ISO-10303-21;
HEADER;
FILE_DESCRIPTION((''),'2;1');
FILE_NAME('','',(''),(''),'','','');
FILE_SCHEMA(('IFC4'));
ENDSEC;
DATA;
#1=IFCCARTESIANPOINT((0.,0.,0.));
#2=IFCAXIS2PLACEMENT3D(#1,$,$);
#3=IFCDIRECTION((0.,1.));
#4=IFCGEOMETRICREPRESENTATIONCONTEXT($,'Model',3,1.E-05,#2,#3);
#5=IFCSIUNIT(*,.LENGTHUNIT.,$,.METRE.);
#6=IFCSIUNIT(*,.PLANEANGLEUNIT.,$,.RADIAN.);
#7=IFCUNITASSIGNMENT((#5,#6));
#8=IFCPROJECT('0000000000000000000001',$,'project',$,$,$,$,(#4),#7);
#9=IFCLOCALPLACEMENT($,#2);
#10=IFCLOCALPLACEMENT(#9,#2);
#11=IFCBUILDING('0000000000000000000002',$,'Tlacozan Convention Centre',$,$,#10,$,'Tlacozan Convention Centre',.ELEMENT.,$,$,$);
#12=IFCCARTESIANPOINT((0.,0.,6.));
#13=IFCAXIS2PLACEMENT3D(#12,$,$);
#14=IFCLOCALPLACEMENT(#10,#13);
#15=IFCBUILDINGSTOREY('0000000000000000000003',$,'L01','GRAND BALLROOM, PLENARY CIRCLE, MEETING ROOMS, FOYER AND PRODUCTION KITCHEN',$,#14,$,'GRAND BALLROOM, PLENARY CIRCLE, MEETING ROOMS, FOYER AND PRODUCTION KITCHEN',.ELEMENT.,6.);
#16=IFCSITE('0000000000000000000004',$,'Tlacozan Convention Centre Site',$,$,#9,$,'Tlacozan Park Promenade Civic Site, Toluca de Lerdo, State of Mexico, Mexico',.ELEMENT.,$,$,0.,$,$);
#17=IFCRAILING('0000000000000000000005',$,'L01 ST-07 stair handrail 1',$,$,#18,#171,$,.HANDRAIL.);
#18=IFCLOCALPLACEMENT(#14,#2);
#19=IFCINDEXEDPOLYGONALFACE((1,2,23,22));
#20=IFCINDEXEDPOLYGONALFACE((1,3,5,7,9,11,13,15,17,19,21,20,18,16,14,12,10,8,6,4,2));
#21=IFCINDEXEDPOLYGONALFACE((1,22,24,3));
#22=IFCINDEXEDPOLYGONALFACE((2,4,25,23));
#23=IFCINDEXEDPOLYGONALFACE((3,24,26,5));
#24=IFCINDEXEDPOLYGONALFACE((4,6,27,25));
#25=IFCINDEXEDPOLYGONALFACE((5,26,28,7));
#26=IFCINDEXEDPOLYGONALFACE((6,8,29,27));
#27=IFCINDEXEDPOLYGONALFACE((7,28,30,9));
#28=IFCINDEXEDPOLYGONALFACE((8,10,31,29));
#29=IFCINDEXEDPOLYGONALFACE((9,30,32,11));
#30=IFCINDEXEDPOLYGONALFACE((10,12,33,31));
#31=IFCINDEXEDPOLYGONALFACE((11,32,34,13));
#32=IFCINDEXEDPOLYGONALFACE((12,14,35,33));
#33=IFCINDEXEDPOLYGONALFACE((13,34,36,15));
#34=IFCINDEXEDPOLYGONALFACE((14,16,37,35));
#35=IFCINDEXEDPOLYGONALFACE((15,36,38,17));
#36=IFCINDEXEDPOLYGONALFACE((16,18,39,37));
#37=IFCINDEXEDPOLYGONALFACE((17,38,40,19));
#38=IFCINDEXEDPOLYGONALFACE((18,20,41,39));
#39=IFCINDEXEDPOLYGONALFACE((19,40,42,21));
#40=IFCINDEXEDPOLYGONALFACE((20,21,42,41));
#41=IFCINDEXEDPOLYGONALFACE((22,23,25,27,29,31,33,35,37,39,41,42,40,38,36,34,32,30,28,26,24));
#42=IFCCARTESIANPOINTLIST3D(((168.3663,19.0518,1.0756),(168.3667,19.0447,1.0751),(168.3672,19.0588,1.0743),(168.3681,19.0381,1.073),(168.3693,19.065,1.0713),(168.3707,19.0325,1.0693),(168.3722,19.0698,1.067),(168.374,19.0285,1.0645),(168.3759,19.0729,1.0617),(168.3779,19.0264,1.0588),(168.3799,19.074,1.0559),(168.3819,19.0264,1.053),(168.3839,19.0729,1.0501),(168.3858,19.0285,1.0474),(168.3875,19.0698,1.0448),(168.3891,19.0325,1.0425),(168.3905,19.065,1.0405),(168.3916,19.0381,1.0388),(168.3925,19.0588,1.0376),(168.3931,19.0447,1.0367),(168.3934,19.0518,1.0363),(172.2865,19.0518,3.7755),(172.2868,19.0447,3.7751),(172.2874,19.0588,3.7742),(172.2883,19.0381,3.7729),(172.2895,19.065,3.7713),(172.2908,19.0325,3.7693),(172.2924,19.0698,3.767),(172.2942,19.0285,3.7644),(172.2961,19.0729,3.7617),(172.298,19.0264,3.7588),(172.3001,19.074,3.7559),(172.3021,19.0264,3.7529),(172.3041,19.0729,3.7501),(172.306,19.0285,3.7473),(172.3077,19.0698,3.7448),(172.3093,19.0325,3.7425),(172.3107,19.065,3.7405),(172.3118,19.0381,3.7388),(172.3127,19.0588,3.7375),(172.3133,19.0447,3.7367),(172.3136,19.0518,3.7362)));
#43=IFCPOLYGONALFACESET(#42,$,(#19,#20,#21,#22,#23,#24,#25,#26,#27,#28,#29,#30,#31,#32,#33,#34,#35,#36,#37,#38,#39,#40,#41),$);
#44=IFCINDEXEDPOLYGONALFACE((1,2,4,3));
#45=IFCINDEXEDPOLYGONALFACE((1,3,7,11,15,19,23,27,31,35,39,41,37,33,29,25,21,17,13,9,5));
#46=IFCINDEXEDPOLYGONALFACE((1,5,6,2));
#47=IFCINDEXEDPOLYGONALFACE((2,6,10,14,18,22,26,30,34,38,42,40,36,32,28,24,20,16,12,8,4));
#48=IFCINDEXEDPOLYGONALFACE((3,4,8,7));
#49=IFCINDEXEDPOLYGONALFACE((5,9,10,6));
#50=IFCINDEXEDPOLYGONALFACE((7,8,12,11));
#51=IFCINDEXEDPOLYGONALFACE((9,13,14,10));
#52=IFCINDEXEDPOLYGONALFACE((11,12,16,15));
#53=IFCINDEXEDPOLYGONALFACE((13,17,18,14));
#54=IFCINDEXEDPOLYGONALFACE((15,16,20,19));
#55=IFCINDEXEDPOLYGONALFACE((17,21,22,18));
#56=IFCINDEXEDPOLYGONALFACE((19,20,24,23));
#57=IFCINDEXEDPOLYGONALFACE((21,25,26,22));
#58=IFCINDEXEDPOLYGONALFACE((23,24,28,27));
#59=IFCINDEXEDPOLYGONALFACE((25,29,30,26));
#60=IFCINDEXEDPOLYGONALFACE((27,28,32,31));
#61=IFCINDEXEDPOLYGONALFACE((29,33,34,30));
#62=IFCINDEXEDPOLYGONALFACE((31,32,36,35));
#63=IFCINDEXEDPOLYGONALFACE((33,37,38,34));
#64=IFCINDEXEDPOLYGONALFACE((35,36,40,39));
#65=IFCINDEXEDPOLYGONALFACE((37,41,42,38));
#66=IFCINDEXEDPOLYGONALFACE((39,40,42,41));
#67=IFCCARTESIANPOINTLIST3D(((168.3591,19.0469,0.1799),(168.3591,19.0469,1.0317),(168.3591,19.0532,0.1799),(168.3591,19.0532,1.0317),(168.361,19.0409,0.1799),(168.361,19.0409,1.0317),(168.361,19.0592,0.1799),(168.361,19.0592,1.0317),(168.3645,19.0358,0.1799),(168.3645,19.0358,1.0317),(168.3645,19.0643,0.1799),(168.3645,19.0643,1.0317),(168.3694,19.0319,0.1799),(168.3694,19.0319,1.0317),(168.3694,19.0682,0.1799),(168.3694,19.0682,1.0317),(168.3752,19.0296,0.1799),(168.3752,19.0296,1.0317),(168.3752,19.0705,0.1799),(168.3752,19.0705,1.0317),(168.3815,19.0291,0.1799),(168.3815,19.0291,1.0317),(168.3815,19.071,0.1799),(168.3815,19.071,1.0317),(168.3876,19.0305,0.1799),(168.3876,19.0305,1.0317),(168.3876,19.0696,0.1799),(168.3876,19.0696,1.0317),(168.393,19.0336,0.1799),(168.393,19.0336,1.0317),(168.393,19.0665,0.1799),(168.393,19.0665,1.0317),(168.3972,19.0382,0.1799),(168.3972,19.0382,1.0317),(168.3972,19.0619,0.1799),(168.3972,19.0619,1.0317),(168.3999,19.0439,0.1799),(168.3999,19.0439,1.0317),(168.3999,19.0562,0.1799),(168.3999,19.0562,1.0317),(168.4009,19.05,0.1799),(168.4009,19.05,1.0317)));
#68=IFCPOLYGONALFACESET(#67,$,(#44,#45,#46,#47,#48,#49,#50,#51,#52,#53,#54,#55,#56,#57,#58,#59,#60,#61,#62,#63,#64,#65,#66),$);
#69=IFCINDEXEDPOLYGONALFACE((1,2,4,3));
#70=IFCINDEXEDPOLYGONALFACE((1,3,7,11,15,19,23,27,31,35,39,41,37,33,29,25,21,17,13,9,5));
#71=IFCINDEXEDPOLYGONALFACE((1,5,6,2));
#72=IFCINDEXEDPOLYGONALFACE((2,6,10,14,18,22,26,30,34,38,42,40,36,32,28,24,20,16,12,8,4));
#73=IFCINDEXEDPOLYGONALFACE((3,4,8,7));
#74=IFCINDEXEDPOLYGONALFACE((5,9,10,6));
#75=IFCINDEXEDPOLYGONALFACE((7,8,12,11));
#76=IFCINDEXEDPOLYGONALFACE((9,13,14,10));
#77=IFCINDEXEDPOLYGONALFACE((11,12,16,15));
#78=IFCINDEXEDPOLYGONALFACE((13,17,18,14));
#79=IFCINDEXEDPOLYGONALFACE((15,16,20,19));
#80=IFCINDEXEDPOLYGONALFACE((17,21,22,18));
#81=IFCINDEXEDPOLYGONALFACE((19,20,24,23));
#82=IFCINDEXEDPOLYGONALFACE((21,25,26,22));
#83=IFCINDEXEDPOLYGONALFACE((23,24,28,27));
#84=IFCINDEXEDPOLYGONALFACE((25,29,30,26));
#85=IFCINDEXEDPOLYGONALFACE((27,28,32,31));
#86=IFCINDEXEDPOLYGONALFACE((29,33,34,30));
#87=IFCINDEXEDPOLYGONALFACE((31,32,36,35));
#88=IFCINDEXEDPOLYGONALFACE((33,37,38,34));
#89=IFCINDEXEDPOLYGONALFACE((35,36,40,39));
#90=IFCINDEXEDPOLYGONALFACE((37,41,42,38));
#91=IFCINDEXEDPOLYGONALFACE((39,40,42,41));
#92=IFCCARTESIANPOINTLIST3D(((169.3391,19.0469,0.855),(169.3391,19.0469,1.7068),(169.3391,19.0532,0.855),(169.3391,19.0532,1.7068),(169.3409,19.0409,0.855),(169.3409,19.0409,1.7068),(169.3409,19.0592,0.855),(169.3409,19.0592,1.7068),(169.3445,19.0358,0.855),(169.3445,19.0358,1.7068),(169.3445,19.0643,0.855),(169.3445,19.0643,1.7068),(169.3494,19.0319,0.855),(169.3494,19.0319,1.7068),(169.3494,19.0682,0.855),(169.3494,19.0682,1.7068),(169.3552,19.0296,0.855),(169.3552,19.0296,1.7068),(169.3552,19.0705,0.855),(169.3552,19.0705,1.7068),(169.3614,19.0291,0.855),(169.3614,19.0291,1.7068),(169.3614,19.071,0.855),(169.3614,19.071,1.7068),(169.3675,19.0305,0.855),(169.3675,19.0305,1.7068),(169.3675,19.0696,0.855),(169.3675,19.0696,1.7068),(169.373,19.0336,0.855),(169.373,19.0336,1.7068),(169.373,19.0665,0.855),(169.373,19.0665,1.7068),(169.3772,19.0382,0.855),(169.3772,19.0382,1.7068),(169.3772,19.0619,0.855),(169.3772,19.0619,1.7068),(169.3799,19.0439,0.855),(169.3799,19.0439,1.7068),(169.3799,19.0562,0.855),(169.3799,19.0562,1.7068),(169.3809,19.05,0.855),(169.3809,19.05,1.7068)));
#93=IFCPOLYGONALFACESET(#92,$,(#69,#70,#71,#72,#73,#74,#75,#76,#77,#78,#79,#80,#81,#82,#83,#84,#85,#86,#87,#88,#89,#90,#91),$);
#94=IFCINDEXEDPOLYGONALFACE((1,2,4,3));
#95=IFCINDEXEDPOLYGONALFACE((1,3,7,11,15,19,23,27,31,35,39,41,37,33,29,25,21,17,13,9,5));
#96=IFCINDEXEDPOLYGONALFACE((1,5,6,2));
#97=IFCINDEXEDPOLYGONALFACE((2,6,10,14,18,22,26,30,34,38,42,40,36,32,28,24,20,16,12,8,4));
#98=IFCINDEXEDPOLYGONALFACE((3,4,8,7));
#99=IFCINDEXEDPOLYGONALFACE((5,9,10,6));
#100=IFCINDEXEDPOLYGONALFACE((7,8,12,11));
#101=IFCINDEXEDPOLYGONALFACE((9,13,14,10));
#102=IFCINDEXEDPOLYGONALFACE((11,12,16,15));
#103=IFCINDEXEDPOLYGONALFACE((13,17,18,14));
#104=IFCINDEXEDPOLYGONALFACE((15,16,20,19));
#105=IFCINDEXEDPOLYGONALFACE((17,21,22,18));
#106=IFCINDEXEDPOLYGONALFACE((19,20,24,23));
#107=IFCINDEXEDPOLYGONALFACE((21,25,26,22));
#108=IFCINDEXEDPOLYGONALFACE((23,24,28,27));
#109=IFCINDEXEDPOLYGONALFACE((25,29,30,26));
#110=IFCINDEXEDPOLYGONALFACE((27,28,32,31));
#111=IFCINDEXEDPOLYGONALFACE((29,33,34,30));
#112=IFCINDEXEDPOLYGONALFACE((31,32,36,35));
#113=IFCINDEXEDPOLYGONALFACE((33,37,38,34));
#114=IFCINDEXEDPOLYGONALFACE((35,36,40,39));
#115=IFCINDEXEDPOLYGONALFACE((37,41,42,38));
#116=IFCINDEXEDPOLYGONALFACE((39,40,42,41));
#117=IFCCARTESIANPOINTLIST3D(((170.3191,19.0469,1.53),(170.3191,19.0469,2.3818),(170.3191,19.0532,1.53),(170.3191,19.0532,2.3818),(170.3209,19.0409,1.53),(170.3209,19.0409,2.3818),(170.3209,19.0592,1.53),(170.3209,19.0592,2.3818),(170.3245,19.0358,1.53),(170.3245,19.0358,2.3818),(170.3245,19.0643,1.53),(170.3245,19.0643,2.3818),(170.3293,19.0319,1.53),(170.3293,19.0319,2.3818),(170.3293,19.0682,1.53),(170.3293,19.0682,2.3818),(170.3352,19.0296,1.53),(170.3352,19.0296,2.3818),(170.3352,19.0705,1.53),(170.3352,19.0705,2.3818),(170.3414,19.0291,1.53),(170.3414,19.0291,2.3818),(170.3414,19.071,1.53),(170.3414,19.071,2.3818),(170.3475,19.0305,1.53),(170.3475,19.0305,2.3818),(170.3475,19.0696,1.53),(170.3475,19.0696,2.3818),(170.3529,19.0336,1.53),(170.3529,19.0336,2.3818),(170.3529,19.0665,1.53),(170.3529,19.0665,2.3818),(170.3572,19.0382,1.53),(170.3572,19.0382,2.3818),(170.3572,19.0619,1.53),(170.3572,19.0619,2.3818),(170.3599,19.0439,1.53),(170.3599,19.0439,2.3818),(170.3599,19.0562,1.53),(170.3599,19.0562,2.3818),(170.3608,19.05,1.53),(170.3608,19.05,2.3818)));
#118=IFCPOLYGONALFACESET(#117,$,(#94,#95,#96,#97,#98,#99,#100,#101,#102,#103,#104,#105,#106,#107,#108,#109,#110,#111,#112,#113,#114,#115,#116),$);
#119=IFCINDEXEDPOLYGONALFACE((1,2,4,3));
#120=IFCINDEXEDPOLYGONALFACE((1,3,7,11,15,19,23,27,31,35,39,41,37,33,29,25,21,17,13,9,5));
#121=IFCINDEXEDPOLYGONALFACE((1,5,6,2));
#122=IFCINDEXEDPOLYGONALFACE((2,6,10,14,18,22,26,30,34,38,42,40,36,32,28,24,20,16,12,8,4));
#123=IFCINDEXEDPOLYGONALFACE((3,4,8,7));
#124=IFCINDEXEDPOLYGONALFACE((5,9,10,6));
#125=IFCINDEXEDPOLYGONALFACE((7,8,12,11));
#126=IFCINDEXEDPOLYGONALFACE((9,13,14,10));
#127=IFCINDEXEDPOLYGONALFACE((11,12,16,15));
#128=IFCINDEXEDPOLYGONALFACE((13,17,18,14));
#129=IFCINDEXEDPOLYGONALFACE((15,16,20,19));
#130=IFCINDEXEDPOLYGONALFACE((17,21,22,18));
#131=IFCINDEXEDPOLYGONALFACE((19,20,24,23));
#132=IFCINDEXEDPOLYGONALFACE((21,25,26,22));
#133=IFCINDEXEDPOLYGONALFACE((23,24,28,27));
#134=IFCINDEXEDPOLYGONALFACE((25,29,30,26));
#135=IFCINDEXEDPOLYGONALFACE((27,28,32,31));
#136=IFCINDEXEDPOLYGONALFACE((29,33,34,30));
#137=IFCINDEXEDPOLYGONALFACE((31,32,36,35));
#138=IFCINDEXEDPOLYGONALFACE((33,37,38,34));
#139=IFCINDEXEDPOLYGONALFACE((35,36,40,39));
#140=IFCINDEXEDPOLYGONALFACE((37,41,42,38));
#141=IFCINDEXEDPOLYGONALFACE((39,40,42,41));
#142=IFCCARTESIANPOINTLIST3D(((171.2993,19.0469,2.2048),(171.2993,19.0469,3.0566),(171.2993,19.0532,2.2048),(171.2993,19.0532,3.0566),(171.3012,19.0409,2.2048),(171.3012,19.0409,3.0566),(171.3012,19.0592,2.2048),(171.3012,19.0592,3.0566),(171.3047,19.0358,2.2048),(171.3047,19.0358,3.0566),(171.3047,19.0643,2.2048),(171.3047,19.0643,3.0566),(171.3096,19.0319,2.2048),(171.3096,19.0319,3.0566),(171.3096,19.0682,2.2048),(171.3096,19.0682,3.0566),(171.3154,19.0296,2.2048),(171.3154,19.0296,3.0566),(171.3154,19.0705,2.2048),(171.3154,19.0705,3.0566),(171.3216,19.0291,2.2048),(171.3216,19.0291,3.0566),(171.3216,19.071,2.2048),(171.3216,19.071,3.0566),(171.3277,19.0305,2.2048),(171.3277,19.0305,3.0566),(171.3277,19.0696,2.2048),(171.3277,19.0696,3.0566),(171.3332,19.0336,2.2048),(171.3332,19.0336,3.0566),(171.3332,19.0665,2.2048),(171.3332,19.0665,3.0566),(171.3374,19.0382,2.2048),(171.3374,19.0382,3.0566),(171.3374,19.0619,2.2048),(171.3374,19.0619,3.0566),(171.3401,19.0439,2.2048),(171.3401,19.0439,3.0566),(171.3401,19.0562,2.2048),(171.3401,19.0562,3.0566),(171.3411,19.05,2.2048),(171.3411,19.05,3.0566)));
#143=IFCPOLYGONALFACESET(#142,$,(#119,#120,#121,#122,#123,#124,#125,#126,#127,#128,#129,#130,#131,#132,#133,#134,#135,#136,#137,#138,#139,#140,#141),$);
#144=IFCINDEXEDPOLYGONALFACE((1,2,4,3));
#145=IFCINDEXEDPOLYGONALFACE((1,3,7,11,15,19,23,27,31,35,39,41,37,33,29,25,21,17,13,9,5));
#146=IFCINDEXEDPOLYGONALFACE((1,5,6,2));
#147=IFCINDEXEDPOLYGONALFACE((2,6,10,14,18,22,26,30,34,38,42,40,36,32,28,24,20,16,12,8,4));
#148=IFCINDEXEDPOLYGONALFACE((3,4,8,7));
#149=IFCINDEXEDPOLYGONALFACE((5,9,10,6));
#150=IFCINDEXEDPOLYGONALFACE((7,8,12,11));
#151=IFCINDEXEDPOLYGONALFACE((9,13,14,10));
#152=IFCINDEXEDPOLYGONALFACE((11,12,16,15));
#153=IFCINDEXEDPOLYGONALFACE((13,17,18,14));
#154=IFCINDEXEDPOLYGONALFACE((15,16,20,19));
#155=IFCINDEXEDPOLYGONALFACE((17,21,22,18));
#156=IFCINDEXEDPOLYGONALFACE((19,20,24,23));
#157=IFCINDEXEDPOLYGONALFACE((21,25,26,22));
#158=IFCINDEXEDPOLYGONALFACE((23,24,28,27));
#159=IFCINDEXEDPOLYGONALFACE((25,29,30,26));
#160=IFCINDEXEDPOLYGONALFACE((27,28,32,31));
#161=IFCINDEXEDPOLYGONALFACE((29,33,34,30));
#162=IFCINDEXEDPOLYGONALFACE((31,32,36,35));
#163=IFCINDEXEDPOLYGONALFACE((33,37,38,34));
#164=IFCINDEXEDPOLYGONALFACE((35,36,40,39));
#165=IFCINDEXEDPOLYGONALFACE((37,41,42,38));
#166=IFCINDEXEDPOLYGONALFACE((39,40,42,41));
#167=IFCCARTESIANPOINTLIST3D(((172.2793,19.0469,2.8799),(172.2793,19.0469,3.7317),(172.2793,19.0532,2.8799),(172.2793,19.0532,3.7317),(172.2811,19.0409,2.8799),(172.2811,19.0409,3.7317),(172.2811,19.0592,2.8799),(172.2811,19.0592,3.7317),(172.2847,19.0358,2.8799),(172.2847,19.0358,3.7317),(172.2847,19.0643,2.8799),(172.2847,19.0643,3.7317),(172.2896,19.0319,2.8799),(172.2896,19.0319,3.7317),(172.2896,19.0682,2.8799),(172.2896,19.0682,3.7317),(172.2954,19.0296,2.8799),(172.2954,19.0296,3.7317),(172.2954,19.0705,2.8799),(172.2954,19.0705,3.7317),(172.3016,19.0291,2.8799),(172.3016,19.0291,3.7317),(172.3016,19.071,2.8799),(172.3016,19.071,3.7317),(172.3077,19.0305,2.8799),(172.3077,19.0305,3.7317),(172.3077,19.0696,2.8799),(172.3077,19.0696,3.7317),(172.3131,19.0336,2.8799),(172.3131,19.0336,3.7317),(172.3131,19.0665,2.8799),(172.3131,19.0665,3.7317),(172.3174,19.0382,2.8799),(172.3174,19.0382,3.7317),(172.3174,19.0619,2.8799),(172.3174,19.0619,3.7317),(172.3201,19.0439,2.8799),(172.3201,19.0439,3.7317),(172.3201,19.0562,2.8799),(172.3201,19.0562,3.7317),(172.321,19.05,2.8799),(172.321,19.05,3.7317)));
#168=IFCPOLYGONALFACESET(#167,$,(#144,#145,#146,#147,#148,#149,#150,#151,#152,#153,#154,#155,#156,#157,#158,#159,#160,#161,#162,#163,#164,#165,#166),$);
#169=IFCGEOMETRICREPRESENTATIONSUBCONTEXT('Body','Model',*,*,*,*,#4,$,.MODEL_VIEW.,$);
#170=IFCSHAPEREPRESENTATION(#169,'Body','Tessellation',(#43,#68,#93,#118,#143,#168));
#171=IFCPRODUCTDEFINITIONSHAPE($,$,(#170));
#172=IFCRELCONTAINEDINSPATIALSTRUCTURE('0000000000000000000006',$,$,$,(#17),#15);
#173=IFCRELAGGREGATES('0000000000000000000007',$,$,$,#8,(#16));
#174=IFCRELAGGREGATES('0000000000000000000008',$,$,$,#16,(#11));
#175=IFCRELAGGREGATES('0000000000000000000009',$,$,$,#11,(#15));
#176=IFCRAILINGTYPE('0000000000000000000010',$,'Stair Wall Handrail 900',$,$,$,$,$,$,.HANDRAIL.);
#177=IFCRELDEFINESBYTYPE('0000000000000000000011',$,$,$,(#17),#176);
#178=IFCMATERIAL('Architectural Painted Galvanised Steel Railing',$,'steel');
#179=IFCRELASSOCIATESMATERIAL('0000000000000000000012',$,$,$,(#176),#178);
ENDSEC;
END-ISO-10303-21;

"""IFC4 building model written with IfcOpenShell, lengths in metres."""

from ifc_helpers import new_model, si_unit, direction, frame, origin, origin_2d, place, context, subcontext, project, spatial, circle, extrude, material, type_object, element, save


model = new_model("IFC4")

# Units and contexts
model_context = context("Model", 3, precision=1e-05, world=origin(), true_north=direction((0.0, 1.0)))
body_context = subcontext(model_context, "Body", "Model", "MODEL_VIEW")
ifc_project = project(units=[si_unit("LENGTHUNIT", "METRE"), si_unit("PLANEANGLEUNIT", "RADIAN")], contexts=[model_context])

# Site, building, storey
site_placement = place(None, origin())
site = spatial("IfcSite", under=ifc_project, at=site_placement, Name="Tlacozan Convention Centre Site", LongName="Tlacozan Park Promenade Civic Site, Toluca de Lerdo, State of Mexico, Mexico", CompositionType="ELEMENT", RefElevation=0.0)
building_placement = place(site_placement, origin())
building = spatial("IfcBuilding", under=site, at=building_placement, Name="Tlacozan Convention Centre", LongName="Tlacozan Convention Centre", CompositionType="ELEMENT")
storey_placement = place(building_placement, frame((0.0, 0.0, 6.0)))
storey = spatial("IfcBuildingStorey", under=building, at=storey_placement, Name="L01", Description="GRAND BALLROOM, PLENARY CIRCLE, MEETING ROOMS, FOYER AND PRODUCTION KITCHEN", LongName="GRAND BALLROOM, PLENARY CIRCLE, MEETING ROOMS, FOYER AND PRODUCTION KITCHEN", CompositionType="ELEMENT", Elevation=6.0)

# Railing
ifc_material_1 = material(Name="Architectural Painted Galvanised Steel Railing", Category="steel")
railing_type_1 = type_object("IfcRailingType", Name="Stair Wall Handrail 900", PredefinedType="HANDRAIL", material=ifc_material_1)
railing_1_placement = place(storey_placement, frame((168.3799, 19.05, 0.1799)))
element("IfcRailing", 1, at=railing_1_placement, inside=storey, type_object=railing_type_1, Name="L01 ST-07 stair handrail 1", PredefinedType="HANDRAIL", context=body_context, shape_type="SweptSolid", body=[
    extrude(circle(Radius=0.0239, at=origin_2d()), frame((0.0, 0.0, 0.876), z_axis=(0.823567, 0.0, 0.567219), x_axis=(0.0, 1.0, 0.0)), (0.0, 0.0, 1.0), 4.76),
    extrude(circle(Radius=0.021, at=origin_2d()), origin(), (0.0, 0.0, 1.0), 0.8518),
    extrude(circle(Radius=0.021, at=origin_2d()), frame((0.98, 0.0, 0.675)), (0.0, 0.0, 1.0), 0.8518),
    extrude(circle(Radius=0.021, at=origin_2d()), frame((1.96, 0.0, 1.3501)), (0.0, 0.0, 1.0), 0.8518),
    extrude(circle(Radius=0.021, at=origin_2d()), frame((2.9402, 0.0, 2.0249)), (0.0, 0.0, 1.0), 0.8518),
    extrude(circle(Radius=0.021, at=origin_2d()), frame((3.9202, 0.0, 2.7)), (0.0, 0.0, 1.0), 0.8518),
])

save(model, "model.ifc")
